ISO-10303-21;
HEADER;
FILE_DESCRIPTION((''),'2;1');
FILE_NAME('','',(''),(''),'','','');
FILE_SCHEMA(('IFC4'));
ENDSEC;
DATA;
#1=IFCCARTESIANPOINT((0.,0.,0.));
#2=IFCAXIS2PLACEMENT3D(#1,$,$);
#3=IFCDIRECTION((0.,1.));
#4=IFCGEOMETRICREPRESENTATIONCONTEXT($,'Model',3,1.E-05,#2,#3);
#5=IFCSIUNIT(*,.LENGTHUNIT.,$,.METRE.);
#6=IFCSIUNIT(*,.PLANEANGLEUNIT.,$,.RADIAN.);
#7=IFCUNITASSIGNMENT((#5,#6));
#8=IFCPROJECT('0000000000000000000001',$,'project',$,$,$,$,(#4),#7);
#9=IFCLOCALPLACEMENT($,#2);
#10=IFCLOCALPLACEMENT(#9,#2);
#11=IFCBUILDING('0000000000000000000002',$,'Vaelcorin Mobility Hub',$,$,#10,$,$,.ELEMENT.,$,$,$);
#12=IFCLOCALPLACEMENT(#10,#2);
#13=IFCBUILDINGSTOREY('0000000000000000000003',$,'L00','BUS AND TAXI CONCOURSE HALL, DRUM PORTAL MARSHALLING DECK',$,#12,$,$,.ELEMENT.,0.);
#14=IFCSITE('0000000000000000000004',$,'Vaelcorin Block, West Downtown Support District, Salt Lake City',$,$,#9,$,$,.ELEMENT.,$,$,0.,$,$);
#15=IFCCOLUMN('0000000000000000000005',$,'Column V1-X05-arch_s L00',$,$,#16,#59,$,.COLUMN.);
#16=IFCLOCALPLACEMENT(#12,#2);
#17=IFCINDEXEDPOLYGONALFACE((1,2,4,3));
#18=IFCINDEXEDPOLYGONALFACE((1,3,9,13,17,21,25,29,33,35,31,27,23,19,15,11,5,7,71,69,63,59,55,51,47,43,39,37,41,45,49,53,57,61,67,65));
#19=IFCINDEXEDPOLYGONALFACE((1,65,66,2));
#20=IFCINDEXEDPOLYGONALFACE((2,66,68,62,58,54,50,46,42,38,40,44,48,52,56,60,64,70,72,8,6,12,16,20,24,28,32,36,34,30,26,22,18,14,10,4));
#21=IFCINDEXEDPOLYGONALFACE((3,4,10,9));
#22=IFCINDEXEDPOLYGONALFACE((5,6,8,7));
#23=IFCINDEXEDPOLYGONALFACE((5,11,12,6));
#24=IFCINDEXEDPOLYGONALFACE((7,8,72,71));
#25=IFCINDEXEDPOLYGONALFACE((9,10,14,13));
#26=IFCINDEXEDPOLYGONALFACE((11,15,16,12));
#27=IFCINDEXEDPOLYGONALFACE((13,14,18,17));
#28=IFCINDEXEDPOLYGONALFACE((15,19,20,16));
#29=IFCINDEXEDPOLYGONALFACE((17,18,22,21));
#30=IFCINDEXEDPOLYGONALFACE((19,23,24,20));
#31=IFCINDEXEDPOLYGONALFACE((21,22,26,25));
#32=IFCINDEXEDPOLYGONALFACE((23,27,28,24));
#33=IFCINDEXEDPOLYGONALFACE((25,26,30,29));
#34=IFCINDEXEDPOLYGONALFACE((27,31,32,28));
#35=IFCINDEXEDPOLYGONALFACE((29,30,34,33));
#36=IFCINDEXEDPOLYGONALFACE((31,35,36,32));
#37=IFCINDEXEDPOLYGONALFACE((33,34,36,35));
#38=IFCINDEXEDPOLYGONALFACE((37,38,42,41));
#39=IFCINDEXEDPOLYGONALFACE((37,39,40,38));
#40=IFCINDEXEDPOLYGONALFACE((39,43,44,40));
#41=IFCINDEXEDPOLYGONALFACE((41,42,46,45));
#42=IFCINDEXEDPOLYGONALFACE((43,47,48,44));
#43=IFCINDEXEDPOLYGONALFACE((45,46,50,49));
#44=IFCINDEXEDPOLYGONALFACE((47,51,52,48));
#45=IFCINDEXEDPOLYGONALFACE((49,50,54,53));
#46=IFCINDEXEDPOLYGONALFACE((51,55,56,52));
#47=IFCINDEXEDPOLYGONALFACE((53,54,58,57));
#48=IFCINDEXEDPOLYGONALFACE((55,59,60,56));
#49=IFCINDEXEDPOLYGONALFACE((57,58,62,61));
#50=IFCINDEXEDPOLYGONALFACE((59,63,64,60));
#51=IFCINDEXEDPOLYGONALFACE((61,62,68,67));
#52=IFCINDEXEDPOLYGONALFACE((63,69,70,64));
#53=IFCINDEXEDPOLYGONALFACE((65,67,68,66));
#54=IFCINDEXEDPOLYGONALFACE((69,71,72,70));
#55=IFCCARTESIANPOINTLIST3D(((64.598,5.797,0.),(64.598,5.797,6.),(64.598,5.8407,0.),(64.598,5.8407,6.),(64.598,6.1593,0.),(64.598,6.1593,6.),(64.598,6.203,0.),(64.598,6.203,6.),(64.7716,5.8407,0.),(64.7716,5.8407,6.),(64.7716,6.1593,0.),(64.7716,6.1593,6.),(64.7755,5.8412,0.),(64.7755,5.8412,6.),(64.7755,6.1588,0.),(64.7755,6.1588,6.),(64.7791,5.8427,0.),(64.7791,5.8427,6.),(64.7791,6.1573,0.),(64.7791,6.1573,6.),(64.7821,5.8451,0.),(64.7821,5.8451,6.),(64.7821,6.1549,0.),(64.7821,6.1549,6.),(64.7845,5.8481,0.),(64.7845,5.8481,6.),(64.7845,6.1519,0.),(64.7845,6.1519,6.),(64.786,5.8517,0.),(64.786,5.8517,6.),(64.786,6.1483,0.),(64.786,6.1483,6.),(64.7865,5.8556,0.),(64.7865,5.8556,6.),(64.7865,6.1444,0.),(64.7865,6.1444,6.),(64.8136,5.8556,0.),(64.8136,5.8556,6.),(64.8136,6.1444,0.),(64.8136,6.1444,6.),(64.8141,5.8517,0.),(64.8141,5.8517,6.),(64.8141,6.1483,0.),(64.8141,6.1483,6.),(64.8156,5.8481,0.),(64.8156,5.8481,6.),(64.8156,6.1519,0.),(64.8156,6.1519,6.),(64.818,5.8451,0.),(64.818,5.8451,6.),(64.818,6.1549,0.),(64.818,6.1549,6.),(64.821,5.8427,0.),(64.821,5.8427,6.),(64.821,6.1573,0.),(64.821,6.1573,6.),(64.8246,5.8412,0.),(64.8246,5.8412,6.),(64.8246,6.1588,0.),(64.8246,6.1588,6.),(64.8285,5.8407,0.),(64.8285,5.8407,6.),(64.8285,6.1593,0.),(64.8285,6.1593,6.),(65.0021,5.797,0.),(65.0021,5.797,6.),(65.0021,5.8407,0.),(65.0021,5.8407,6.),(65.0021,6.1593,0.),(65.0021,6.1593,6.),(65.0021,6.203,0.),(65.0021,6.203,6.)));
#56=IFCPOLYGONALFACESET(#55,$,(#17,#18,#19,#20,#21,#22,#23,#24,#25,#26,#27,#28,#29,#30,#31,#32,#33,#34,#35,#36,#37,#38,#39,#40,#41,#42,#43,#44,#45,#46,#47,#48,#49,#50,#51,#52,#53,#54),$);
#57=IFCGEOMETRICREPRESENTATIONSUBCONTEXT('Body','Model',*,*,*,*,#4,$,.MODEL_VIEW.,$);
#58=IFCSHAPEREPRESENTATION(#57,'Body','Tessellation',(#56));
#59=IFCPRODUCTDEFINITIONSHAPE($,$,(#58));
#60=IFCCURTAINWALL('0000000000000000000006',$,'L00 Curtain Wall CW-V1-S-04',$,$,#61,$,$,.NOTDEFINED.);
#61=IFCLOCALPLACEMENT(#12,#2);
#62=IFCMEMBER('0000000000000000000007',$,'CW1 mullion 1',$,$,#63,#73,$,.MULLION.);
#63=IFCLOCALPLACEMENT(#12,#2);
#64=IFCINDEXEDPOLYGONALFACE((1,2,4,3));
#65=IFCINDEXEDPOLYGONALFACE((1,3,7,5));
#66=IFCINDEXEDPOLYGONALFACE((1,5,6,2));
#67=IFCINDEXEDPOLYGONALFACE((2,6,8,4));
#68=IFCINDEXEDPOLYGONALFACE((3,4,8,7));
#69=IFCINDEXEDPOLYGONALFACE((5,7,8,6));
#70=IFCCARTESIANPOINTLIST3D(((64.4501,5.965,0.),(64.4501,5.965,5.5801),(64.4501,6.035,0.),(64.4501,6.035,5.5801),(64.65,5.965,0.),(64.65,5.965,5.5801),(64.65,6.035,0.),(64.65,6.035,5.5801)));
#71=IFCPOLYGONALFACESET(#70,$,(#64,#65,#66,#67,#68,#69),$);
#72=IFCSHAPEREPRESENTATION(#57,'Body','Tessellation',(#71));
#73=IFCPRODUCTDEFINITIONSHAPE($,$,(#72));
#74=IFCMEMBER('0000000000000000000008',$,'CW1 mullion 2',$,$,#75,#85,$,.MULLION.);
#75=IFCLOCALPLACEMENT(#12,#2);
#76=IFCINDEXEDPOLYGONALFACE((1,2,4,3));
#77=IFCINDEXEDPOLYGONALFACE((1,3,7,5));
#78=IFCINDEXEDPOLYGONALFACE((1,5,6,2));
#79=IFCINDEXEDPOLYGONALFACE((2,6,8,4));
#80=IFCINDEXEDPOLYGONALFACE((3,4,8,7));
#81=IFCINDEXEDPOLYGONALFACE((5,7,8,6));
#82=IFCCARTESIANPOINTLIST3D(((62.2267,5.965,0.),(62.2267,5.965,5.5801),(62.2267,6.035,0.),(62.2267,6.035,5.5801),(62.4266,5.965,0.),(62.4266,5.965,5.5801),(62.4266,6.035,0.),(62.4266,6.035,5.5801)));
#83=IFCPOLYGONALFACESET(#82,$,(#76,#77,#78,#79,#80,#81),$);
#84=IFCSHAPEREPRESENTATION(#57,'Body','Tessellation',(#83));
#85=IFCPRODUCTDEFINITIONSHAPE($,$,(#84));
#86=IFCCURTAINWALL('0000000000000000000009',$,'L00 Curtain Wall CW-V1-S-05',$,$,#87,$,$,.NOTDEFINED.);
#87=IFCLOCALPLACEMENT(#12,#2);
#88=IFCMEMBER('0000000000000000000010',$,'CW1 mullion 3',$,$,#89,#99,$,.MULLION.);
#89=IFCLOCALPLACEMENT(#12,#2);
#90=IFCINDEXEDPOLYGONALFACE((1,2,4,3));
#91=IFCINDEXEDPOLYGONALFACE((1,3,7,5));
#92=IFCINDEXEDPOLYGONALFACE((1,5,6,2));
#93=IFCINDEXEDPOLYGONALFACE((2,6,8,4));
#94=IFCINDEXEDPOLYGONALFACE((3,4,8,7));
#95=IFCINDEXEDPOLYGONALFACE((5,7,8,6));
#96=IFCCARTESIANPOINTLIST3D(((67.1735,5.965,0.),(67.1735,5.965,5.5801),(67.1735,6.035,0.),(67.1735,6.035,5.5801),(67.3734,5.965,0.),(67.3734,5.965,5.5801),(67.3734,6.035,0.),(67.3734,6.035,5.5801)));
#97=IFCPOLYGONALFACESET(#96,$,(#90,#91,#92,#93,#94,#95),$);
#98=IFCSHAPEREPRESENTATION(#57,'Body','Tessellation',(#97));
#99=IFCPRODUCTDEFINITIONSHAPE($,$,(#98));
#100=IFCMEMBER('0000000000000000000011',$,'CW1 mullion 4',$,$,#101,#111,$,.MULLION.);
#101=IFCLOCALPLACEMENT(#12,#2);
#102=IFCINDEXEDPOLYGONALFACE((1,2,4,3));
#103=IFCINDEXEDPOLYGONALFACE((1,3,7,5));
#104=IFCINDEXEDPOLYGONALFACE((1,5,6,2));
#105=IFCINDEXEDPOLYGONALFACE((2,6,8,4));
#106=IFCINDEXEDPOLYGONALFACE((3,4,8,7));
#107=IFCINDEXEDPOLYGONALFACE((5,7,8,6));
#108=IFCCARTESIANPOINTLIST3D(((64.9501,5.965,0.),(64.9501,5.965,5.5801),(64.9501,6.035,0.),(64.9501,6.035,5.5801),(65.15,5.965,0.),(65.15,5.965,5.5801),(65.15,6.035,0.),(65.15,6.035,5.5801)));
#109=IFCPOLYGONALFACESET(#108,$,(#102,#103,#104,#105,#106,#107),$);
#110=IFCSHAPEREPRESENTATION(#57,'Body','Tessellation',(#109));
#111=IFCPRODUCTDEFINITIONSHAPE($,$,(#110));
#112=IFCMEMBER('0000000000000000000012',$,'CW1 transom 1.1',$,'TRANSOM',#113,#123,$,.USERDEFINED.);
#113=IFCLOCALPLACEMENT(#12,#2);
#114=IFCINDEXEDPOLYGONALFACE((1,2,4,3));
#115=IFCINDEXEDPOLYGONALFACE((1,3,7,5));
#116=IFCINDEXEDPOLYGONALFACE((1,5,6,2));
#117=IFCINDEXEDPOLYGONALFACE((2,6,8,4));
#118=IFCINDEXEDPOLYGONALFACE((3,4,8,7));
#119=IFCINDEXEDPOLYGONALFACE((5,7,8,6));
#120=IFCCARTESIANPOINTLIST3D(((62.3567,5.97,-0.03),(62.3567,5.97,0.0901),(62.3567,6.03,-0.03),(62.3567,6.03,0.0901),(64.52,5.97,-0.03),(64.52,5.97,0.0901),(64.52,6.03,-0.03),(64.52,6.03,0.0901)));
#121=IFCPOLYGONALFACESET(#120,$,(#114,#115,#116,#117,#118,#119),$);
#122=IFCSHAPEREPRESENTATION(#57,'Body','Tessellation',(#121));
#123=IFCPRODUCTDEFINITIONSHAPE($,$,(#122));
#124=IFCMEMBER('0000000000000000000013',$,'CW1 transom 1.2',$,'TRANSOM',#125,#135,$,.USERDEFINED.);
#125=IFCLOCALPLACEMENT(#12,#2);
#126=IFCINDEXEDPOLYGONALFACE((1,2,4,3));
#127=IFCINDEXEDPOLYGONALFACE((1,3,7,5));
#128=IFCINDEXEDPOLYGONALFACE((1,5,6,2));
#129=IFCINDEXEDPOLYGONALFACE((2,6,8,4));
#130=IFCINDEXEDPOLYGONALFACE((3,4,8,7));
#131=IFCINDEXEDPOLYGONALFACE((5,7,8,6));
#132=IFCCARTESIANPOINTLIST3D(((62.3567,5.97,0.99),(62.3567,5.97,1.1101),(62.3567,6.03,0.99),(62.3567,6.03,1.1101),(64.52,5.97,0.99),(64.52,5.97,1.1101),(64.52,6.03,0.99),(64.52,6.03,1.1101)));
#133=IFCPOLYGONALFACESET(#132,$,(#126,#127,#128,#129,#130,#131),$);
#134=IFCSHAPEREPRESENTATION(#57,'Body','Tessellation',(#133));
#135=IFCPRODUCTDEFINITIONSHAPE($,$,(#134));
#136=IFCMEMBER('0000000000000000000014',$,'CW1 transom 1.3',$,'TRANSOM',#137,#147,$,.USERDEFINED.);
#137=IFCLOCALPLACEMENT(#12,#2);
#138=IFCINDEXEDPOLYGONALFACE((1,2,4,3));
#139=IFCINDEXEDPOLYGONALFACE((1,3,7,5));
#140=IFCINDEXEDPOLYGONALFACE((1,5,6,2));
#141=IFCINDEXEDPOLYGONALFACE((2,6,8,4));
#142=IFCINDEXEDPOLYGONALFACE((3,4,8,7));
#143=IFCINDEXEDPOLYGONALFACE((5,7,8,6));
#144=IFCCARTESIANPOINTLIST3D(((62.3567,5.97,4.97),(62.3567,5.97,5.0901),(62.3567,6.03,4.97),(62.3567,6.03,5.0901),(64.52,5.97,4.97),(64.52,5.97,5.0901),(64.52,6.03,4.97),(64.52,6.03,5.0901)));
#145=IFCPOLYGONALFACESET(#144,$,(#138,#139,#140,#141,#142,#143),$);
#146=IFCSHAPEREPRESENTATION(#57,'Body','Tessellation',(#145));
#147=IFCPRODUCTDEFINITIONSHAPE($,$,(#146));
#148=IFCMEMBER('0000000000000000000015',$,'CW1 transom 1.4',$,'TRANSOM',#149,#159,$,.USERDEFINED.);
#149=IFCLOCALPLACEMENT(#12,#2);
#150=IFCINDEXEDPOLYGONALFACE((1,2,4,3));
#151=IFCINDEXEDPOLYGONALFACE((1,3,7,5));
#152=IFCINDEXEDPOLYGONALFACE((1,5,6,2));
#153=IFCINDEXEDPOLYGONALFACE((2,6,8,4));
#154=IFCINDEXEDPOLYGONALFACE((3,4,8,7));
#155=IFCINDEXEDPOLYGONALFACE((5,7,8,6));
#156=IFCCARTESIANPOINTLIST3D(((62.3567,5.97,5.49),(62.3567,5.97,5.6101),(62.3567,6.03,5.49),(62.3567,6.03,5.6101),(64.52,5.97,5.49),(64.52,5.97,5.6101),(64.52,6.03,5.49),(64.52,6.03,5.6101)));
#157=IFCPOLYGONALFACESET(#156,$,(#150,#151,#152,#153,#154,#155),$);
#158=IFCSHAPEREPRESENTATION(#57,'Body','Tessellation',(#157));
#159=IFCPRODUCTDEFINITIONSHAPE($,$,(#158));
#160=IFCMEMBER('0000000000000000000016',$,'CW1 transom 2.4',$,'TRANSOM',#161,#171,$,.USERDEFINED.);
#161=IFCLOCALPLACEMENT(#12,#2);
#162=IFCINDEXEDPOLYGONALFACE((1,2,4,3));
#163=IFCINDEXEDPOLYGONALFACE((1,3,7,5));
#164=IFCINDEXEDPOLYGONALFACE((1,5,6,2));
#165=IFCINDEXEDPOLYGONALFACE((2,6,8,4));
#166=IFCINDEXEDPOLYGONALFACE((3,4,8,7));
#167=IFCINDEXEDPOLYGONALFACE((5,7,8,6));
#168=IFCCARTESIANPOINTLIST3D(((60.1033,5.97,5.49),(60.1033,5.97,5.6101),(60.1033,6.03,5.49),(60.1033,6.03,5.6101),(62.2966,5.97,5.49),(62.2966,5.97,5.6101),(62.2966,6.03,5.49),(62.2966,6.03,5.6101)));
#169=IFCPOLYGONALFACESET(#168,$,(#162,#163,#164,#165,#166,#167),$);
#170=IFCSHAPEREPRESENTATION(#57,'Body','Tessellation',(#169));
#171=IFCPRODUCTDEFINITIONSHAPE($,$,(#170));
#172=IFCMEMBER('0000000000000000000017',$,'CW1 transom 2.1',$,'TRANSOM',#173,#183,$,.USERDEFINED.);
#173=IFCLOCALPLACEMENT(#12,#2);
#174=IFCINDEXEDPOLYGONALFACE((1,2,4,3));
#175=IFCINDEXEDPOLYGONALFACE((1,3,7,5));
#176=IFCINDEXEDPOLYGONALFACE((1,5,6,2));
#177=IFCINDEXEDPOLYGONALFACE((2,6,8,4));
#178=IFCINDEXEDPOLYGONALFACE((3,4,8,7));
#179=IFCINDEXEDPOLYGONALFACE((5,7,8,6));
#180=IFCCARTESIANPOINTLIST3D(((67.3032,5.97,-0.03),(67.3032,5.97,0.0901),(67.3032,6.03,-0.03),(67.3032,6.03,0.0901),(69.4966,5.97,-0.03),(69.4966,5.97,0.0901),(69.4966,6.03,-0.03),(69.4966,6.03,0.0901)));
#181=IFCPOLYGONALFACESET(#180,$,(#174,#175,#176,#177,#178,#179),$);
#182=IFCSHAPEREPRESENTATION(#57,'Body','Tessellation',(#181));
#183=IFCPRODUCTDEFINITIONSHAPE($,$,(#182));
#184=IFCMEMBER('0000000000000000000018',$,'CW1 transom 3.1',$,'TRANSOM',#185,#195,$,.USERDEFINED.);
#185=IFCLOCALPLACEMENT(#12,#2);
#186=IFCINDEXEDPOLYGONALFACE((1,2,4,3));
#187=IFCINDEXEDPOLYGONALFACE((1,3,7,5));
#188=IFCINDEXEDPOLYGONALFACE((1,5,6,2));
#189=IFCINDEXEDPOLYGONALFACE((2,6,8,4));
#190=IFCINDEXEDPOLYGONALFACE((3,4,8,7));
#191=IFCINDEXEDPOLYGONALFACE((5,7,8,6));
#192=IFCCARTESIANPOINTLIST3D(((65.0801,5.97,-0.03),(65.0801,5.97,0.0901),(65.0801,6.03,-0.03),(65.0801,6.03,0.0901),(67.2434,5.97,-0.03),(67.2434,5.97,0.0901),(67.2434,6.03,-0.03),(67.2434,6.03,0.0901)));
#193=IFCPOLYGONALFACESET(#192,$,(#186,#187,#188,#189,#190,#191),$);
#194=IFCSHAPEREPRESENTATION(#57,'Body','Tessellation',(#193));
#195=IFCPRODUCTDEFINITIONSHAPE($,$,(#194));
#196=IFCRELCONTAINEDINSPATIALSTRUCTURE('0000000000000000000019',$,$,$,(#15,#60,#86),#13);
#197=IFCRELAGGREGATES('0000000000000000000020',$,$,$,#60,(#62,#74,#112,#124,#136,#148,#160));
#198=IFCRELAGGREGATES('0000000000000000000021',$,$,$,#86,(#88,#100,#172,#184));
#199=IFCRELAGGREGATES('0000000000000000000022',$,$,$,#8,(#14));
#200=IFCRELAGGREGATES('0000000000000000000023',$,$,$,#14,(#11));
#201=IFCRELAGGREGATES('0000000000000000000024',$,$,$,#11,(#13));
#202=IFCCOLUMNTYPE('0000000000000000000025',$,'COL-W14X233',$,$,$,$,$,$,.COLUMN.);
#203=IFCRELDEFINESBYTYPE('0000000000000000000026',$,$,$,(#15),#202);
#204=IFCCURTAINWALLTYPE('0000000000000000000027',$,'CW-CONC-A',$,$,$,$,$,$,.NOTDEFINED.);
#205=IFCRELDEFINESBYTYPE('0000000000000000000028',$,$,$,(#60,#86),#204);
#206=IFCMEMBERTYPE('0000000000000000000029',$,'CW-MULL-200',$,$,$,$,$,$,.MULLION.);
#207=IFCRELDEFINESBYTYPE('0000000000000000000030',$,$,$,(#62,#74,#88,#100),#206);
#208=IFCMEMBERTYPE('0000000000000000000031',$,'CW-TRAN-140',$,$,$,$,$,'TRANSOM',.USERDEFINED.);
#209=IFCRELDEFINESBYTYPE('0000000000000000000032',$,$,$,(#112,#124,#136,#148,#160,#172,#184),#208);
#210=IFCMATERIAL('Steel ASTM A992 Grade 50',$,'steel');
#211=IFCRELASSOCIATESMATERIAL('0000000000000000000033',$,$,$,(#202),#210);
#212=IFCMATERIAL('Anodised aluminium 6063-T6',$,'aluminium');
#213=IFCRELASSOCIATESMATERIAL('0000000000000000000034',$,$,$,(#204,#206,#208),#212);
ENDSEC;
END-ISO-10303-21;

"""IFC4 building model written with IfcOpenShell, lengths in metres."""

from ifc_helpers import new_model, si_unit, direction, frame, origin, origin_2d, place, context, subcontext, project, spatial, rectangle, i_section, extrude, material, material_profile, profile_set, type_object, element, aggregate, save


model = new_model("IFC4")

# Units and contexts
model_context = context("Model", 3, precision=1e-05, world=origin(), true_north=direction((0.0, 1.0)))
body_context = subcontext(model_context, "Body", "Model", "MODEL_VIEW")
ifc_project = project(units=[si_unit("LENGTHUNIT", "METRE"), si_unit("PLANEANGLEUNIT", "RADIAN")], contexts=[model_context])

# Site, building, storey
site_placement = place(None, origin())
site = spatial("IfcSite", under=ifc_project, at=site_placement, Name="Vaelcorin Block, West Downtown Support District, Salt Lake City", CompositionType="ELEMENT", RefElevation=0.0)
building_placement = place(site_placement, origin())
building = spatial("IfcBuilding", under=site, at=building_placement, Name="Vaelcorin Mobility Hub", CompositionType="ELEMENT")
storey_placement = place(building_placement, origin())
storey = spatial("IfcBuildingStorey", under=building, at=storey_placement, Name="L00", Description="BUS AND TAXI CONCOURSE HALL, DRUM PORTAL MARSHALLING DECK", CompositionType="ELEMENT", Elevation=0.0)

# Column
ifc_material_1 = material(Name="Steel ASTM A992 Grade 50", Category="steel")
ifc_material_profile_1 = material_profile(ifc_material_1, i_section(OverallWidth=0.4041, OverallDepth=0.406, WebThickness=0.0271, FlangeThickness=0.0437, FilletRadius=0.0149, at=origin_2d()), Name="W14X233")
ifc_profile_set_1 = profile_set([ifc_material_profile_1], Name="Steel ASTM A992 Grade 50")
column_type = type_object("IfcColumnType", Name="COL-W14X233", PredefinedType="COLUMN", material=ifc_profile_set_1)
column_placement = place(storey_placement, frame((64.8, 6.0, 0.0), z_axis=(0.0, 0.0, 1.0), x_axis=(1.0, 0.0, 0.0)))
element("IfcColumn", 1, at=column_placement, inside=storey, type_object=column_type, Name="Column V1-X05-arch_s L00", PredefinedType="COLUMN", context=body_context, shape_type="SweptSolid", body=[
    extrude(i_section(OverallWidth=0.4041, OverallDepth=0.406, WebThickness=0.0271, FlangeThickness=0.0437, FilletRadius=0.0149, at=origin_2d()), origin(), (0.0, 0.0, 1.0), 6.0),
])

# Curtain walls, members
ifc_material_2 = material(Name="Anodised aluminium 6063-T6", Category="aluminium")
curtain_wall_type = type_object("IfcCurtainWallType", Name="CW-CONC-A", PredefinedType="NOTDEFINED", material=ifc_material_2)
curtain_wall_1_placement = place(storey_placement, origin())
curtain_wall_1 = element("IfcCurtainWall", 2, at=curtain_wall_1_placement, inside=storey, type_object=curtain_wall_type, Name="L00 Curtain Wall CW-V1-S-04", PredefinedType="NOTDEFINED")
ifc_material_profile_2 = material_profile(ifc_material_2, rectangle(XDim=0.0701, YDim=0.2, at=origin_2d()), Name="ALU-M70X200")
ifc_profile_set_2 = profile_set([ifc_material_profile_2], Name="Anodised aluminium 6063-T6")
member_type_1 = type_object("IfcMemberType", Name="CW-MULL-200", PredefinedType="MULLION", material=ifc_profile_set_2)
member_1_placement = place(storey_placement, frame((64.55, 6.0, 0.0), z_axis=(0.0, 0.0, 1.0), x_axis=(0.0, -1.0, 0.0)))
member_1 = element("IfcMember", 3, at=member_1_placement, type_object=member_type_1, Name="CW1 mullion 1", PredefinedType="MULLION", context=body_context, shape_type="SweptSolid", body=[
    extrude(rectangle(XDim=0.0701, YDim=0.2, at=origin_2d()), origin(), (0.0, 0.0, 1.0), 5.5801),
])
member_2_placement = place(storey_placement, frame((62.3267, 6.0, 0.0), z_axis=(0.0, 0.0, 1.0), x_axis=(0.0, -1.0, 0.0)))
member_2 = element("IfcMember", 4, at=member_2_placement, type_object=member_type_1, Name="CW1 mullion 2", PredefinedType="MULLION", context=body_context, shape_type="SweptSolid", body=[
    extrude(rectangle(XDim=0.0701, YDim=0.2, at=origin_2d()), origin(), (0.0, 0.0, 1.0), 5.5801),
])
curtain_wall_2_placement = place(storey_placement, origin())
curtain_wall_2 = element("IfcCurtainWall", 5, at=curtain_wall_2_placement, inside=storey, type_object=curtain_wall_type, Name="L00 Curtain Wall CW-V1-S-05", PredefinedType="NOTDEFINED")
member_3_placement = place(storey_placement, frame((67.2734, 6.0, 0.0), z_axis=(0.0, 0.0, 1.0), x_axis=(0.0, -1.0, 0.0)))
member_3 = element("IfcMember", 6, at=member_3_placement, type_object=member_type_1, Name="CW1 mullion 3", PredefinedType="MULLION", context=body_context, shape_type="SweptSolid", body=[
    extrude(rectangle(XDim=0.0701, YDim=0.2, at=origin_2d()), origin(), (0.0, 0.0, 1.0), 5.5801),
])
member_4_placement = place(storey_placement, frame((65.05, 6.0, 0.0), z_axis=(0.0, 0.0, 1.0), x_axis=(0.0, -1.0, 0.0)))
member_4 = element("IfcMember", 7, at=member_4_placement, type_object=member_type_1, Name="CW1 mullion 4", PredefinedType="MULLION", context=body_context, shape_type="SweptSolid", body=[
    extrude(rectangle(XDim=0.0701, YDim=0.2, at=origin_2d()), origin(), (0.0, 0.0, 1.0), 5.5801),
])

# Members
ifc_material_profile_3 = material_profile(ifc_material_2, rectangle(XDim=0.0601, YDim=0.1201, at=origin_2d()), Name="ALU-T60X120")
ifc_profile_set_3 = profile_set([ifc_material_profile_3], Name="Anodised aluminium 6063-T6")
member_type_2 = type_object("IfcMemberType", Name="CW-TRAN-140", ElementType="TRANSOM", PredefinedType="USERDEFINED", material=ifc_profile_set_3)
member_5_placement = place(storey_placement, frame((64.52, 6.0, 0.03), z_axis=(-1.0, 0.0, 0.0), x_axis=(0.0, -1.0, 0.0)))
member_5 = element("IfcMember", 8, at=member_5_placement, type_object=member_type_2, Name="CW1 transom 1.1", ObjectType="TRANSOM", PredefinedType="USERDEFINED", context=body_context, shape_type="SweptSolid", body=[
    extrude(rectangle(XDim=0.0601, YDim=0.1201, at=origin_2d()), origin(), (0.0, 0.0, 1.0), 2.1633),
])
member_6_placement = place(storey_placement, frame((64.52, 6.0, 1.05), z_axis=(-1.0, 0.0, 0.0), x_axis=(0.0, -1.0, 0.0)))
member_6 = element("IfcMember", 9, at=member_6_placement, type_object=member_type_2, Name="CW1 transom 1.2", ObjectType="TRANSOM", PredefinedType="USERDEFINED", context=body_context, shape_type="SweptSolid", body=[
    extrude(rectangle(XDim=0.0601, YDim=0.1201, at=origin_2d()), origin(), (0.0, 0.0, 1.0), 2.1633),
])
member_7_placement = place(storey_placement, frame((64.52, 6.0, 5.03), z_axis=(-1.0, 0.0, 0.0), x_axis=(0.0, -1.0, 0.0)))
member_7 = element("IfcMember", 10, at=member_7_placement, type_object=member_type_2, Name="CW1 transom 1.3", ObjectType="TRANSOM", PredefinedType="USERDEFINED", context=body_context, shape_type="SweptSolid", body=[
    extrude(rectangle(XDim=0.0601, YDim=0.1201, at=origin_2d()), origin(), (0.0, 0.0, 1.0), 2.1633),
])
member_8_placement = place(storey_placement, frame((64.52, 6.0, 5.55), z_axis=(-1.0, 0.0, 0.0), x_axis=(0.0, -1.0, 0.0)))
member_8 = element("IfcMember", 11, at=member_8_placement, type_object=member_type_2, Name="CW1 transom 1.4", ObjectType="TRANSOM", PredefinedType="USERDEFINED", context=body_context, shape_type="SweptSolid", body=[
    extrude(rectangle(XDim=0.0601, YDim=0.1201, at=origin_2d()), origin(), (0.0, 0.0, 1.0), 2.1633),
])
member_9_placement = place(storey_placement, frame((62.2966, 6.0, 5.55), z_axis=(-1.0, 0.0, 0.0), x_axis=(0.0, -1.0, 0.0)))
member_9 = element("IfcMember", 12, at=member_9_placement, type_object=member_type_2, Name="CW1 transom 2.4", ObjectType="TRANSOM", PredefinedType="USERDEFINED", context=body_context, shape_type="SweptSolid", body=[
    extrude(rectangle(XDim=0.0601, YDim=0.1201, at=origin_2d()), origin(), (0.0, 0.0, 1.0), 2.1934),
])
member_10_placement = place(storey_placement, frame((69.4966, 6.0, 0.03), z_axis=(-1.0, 0.0, 0.0), x_axis=(0.0, -1.0, 0.0)))
member_10 = element("IfcMember", 13, at=member_10_placement, type_object=member_type_2, Name="CW1 transom 2.1", ObjectType="TRANSOM", PredefinedType="USERDEFINED", context=body_context, shape_type="SweptSolid", body=[
    extrude(rectangle(XDim=0.0601, YDim=0.1201, at=origin_2d()), origin(), (0.0, 0.0, 1.0), 2.1934),
])
member_11_placement = place(storey_placement, frame((67.2434, 6.0, 0.03), z_axis=(-1.0, 0.0, 0.0), x_axis=(0.0, -1.0, 0.0)))
member_11 = element("IfcMember", 14, at=member_11_placement, type_object=member_type_2, Name="CW1 transom 3.1", ObjectType="TRANSOM", PredefinedType="USERDEFINED", context=body_context, shape_type="SweptSolid", body=[
    extrude(rectangle(XDim=0.0601, YDim=0.1201, at=origin_2d()), origin(), (0.0, 0.0, 1.0), 2.1633),
])

aggregate(curtain_wall_1, [member_1, member_2, member_5, member_6, member_7, member_8, member_9])
aggregate(curtain_wall_2, [member_3, member_4, member_10, member_11])

save(model, "model.ifc")
